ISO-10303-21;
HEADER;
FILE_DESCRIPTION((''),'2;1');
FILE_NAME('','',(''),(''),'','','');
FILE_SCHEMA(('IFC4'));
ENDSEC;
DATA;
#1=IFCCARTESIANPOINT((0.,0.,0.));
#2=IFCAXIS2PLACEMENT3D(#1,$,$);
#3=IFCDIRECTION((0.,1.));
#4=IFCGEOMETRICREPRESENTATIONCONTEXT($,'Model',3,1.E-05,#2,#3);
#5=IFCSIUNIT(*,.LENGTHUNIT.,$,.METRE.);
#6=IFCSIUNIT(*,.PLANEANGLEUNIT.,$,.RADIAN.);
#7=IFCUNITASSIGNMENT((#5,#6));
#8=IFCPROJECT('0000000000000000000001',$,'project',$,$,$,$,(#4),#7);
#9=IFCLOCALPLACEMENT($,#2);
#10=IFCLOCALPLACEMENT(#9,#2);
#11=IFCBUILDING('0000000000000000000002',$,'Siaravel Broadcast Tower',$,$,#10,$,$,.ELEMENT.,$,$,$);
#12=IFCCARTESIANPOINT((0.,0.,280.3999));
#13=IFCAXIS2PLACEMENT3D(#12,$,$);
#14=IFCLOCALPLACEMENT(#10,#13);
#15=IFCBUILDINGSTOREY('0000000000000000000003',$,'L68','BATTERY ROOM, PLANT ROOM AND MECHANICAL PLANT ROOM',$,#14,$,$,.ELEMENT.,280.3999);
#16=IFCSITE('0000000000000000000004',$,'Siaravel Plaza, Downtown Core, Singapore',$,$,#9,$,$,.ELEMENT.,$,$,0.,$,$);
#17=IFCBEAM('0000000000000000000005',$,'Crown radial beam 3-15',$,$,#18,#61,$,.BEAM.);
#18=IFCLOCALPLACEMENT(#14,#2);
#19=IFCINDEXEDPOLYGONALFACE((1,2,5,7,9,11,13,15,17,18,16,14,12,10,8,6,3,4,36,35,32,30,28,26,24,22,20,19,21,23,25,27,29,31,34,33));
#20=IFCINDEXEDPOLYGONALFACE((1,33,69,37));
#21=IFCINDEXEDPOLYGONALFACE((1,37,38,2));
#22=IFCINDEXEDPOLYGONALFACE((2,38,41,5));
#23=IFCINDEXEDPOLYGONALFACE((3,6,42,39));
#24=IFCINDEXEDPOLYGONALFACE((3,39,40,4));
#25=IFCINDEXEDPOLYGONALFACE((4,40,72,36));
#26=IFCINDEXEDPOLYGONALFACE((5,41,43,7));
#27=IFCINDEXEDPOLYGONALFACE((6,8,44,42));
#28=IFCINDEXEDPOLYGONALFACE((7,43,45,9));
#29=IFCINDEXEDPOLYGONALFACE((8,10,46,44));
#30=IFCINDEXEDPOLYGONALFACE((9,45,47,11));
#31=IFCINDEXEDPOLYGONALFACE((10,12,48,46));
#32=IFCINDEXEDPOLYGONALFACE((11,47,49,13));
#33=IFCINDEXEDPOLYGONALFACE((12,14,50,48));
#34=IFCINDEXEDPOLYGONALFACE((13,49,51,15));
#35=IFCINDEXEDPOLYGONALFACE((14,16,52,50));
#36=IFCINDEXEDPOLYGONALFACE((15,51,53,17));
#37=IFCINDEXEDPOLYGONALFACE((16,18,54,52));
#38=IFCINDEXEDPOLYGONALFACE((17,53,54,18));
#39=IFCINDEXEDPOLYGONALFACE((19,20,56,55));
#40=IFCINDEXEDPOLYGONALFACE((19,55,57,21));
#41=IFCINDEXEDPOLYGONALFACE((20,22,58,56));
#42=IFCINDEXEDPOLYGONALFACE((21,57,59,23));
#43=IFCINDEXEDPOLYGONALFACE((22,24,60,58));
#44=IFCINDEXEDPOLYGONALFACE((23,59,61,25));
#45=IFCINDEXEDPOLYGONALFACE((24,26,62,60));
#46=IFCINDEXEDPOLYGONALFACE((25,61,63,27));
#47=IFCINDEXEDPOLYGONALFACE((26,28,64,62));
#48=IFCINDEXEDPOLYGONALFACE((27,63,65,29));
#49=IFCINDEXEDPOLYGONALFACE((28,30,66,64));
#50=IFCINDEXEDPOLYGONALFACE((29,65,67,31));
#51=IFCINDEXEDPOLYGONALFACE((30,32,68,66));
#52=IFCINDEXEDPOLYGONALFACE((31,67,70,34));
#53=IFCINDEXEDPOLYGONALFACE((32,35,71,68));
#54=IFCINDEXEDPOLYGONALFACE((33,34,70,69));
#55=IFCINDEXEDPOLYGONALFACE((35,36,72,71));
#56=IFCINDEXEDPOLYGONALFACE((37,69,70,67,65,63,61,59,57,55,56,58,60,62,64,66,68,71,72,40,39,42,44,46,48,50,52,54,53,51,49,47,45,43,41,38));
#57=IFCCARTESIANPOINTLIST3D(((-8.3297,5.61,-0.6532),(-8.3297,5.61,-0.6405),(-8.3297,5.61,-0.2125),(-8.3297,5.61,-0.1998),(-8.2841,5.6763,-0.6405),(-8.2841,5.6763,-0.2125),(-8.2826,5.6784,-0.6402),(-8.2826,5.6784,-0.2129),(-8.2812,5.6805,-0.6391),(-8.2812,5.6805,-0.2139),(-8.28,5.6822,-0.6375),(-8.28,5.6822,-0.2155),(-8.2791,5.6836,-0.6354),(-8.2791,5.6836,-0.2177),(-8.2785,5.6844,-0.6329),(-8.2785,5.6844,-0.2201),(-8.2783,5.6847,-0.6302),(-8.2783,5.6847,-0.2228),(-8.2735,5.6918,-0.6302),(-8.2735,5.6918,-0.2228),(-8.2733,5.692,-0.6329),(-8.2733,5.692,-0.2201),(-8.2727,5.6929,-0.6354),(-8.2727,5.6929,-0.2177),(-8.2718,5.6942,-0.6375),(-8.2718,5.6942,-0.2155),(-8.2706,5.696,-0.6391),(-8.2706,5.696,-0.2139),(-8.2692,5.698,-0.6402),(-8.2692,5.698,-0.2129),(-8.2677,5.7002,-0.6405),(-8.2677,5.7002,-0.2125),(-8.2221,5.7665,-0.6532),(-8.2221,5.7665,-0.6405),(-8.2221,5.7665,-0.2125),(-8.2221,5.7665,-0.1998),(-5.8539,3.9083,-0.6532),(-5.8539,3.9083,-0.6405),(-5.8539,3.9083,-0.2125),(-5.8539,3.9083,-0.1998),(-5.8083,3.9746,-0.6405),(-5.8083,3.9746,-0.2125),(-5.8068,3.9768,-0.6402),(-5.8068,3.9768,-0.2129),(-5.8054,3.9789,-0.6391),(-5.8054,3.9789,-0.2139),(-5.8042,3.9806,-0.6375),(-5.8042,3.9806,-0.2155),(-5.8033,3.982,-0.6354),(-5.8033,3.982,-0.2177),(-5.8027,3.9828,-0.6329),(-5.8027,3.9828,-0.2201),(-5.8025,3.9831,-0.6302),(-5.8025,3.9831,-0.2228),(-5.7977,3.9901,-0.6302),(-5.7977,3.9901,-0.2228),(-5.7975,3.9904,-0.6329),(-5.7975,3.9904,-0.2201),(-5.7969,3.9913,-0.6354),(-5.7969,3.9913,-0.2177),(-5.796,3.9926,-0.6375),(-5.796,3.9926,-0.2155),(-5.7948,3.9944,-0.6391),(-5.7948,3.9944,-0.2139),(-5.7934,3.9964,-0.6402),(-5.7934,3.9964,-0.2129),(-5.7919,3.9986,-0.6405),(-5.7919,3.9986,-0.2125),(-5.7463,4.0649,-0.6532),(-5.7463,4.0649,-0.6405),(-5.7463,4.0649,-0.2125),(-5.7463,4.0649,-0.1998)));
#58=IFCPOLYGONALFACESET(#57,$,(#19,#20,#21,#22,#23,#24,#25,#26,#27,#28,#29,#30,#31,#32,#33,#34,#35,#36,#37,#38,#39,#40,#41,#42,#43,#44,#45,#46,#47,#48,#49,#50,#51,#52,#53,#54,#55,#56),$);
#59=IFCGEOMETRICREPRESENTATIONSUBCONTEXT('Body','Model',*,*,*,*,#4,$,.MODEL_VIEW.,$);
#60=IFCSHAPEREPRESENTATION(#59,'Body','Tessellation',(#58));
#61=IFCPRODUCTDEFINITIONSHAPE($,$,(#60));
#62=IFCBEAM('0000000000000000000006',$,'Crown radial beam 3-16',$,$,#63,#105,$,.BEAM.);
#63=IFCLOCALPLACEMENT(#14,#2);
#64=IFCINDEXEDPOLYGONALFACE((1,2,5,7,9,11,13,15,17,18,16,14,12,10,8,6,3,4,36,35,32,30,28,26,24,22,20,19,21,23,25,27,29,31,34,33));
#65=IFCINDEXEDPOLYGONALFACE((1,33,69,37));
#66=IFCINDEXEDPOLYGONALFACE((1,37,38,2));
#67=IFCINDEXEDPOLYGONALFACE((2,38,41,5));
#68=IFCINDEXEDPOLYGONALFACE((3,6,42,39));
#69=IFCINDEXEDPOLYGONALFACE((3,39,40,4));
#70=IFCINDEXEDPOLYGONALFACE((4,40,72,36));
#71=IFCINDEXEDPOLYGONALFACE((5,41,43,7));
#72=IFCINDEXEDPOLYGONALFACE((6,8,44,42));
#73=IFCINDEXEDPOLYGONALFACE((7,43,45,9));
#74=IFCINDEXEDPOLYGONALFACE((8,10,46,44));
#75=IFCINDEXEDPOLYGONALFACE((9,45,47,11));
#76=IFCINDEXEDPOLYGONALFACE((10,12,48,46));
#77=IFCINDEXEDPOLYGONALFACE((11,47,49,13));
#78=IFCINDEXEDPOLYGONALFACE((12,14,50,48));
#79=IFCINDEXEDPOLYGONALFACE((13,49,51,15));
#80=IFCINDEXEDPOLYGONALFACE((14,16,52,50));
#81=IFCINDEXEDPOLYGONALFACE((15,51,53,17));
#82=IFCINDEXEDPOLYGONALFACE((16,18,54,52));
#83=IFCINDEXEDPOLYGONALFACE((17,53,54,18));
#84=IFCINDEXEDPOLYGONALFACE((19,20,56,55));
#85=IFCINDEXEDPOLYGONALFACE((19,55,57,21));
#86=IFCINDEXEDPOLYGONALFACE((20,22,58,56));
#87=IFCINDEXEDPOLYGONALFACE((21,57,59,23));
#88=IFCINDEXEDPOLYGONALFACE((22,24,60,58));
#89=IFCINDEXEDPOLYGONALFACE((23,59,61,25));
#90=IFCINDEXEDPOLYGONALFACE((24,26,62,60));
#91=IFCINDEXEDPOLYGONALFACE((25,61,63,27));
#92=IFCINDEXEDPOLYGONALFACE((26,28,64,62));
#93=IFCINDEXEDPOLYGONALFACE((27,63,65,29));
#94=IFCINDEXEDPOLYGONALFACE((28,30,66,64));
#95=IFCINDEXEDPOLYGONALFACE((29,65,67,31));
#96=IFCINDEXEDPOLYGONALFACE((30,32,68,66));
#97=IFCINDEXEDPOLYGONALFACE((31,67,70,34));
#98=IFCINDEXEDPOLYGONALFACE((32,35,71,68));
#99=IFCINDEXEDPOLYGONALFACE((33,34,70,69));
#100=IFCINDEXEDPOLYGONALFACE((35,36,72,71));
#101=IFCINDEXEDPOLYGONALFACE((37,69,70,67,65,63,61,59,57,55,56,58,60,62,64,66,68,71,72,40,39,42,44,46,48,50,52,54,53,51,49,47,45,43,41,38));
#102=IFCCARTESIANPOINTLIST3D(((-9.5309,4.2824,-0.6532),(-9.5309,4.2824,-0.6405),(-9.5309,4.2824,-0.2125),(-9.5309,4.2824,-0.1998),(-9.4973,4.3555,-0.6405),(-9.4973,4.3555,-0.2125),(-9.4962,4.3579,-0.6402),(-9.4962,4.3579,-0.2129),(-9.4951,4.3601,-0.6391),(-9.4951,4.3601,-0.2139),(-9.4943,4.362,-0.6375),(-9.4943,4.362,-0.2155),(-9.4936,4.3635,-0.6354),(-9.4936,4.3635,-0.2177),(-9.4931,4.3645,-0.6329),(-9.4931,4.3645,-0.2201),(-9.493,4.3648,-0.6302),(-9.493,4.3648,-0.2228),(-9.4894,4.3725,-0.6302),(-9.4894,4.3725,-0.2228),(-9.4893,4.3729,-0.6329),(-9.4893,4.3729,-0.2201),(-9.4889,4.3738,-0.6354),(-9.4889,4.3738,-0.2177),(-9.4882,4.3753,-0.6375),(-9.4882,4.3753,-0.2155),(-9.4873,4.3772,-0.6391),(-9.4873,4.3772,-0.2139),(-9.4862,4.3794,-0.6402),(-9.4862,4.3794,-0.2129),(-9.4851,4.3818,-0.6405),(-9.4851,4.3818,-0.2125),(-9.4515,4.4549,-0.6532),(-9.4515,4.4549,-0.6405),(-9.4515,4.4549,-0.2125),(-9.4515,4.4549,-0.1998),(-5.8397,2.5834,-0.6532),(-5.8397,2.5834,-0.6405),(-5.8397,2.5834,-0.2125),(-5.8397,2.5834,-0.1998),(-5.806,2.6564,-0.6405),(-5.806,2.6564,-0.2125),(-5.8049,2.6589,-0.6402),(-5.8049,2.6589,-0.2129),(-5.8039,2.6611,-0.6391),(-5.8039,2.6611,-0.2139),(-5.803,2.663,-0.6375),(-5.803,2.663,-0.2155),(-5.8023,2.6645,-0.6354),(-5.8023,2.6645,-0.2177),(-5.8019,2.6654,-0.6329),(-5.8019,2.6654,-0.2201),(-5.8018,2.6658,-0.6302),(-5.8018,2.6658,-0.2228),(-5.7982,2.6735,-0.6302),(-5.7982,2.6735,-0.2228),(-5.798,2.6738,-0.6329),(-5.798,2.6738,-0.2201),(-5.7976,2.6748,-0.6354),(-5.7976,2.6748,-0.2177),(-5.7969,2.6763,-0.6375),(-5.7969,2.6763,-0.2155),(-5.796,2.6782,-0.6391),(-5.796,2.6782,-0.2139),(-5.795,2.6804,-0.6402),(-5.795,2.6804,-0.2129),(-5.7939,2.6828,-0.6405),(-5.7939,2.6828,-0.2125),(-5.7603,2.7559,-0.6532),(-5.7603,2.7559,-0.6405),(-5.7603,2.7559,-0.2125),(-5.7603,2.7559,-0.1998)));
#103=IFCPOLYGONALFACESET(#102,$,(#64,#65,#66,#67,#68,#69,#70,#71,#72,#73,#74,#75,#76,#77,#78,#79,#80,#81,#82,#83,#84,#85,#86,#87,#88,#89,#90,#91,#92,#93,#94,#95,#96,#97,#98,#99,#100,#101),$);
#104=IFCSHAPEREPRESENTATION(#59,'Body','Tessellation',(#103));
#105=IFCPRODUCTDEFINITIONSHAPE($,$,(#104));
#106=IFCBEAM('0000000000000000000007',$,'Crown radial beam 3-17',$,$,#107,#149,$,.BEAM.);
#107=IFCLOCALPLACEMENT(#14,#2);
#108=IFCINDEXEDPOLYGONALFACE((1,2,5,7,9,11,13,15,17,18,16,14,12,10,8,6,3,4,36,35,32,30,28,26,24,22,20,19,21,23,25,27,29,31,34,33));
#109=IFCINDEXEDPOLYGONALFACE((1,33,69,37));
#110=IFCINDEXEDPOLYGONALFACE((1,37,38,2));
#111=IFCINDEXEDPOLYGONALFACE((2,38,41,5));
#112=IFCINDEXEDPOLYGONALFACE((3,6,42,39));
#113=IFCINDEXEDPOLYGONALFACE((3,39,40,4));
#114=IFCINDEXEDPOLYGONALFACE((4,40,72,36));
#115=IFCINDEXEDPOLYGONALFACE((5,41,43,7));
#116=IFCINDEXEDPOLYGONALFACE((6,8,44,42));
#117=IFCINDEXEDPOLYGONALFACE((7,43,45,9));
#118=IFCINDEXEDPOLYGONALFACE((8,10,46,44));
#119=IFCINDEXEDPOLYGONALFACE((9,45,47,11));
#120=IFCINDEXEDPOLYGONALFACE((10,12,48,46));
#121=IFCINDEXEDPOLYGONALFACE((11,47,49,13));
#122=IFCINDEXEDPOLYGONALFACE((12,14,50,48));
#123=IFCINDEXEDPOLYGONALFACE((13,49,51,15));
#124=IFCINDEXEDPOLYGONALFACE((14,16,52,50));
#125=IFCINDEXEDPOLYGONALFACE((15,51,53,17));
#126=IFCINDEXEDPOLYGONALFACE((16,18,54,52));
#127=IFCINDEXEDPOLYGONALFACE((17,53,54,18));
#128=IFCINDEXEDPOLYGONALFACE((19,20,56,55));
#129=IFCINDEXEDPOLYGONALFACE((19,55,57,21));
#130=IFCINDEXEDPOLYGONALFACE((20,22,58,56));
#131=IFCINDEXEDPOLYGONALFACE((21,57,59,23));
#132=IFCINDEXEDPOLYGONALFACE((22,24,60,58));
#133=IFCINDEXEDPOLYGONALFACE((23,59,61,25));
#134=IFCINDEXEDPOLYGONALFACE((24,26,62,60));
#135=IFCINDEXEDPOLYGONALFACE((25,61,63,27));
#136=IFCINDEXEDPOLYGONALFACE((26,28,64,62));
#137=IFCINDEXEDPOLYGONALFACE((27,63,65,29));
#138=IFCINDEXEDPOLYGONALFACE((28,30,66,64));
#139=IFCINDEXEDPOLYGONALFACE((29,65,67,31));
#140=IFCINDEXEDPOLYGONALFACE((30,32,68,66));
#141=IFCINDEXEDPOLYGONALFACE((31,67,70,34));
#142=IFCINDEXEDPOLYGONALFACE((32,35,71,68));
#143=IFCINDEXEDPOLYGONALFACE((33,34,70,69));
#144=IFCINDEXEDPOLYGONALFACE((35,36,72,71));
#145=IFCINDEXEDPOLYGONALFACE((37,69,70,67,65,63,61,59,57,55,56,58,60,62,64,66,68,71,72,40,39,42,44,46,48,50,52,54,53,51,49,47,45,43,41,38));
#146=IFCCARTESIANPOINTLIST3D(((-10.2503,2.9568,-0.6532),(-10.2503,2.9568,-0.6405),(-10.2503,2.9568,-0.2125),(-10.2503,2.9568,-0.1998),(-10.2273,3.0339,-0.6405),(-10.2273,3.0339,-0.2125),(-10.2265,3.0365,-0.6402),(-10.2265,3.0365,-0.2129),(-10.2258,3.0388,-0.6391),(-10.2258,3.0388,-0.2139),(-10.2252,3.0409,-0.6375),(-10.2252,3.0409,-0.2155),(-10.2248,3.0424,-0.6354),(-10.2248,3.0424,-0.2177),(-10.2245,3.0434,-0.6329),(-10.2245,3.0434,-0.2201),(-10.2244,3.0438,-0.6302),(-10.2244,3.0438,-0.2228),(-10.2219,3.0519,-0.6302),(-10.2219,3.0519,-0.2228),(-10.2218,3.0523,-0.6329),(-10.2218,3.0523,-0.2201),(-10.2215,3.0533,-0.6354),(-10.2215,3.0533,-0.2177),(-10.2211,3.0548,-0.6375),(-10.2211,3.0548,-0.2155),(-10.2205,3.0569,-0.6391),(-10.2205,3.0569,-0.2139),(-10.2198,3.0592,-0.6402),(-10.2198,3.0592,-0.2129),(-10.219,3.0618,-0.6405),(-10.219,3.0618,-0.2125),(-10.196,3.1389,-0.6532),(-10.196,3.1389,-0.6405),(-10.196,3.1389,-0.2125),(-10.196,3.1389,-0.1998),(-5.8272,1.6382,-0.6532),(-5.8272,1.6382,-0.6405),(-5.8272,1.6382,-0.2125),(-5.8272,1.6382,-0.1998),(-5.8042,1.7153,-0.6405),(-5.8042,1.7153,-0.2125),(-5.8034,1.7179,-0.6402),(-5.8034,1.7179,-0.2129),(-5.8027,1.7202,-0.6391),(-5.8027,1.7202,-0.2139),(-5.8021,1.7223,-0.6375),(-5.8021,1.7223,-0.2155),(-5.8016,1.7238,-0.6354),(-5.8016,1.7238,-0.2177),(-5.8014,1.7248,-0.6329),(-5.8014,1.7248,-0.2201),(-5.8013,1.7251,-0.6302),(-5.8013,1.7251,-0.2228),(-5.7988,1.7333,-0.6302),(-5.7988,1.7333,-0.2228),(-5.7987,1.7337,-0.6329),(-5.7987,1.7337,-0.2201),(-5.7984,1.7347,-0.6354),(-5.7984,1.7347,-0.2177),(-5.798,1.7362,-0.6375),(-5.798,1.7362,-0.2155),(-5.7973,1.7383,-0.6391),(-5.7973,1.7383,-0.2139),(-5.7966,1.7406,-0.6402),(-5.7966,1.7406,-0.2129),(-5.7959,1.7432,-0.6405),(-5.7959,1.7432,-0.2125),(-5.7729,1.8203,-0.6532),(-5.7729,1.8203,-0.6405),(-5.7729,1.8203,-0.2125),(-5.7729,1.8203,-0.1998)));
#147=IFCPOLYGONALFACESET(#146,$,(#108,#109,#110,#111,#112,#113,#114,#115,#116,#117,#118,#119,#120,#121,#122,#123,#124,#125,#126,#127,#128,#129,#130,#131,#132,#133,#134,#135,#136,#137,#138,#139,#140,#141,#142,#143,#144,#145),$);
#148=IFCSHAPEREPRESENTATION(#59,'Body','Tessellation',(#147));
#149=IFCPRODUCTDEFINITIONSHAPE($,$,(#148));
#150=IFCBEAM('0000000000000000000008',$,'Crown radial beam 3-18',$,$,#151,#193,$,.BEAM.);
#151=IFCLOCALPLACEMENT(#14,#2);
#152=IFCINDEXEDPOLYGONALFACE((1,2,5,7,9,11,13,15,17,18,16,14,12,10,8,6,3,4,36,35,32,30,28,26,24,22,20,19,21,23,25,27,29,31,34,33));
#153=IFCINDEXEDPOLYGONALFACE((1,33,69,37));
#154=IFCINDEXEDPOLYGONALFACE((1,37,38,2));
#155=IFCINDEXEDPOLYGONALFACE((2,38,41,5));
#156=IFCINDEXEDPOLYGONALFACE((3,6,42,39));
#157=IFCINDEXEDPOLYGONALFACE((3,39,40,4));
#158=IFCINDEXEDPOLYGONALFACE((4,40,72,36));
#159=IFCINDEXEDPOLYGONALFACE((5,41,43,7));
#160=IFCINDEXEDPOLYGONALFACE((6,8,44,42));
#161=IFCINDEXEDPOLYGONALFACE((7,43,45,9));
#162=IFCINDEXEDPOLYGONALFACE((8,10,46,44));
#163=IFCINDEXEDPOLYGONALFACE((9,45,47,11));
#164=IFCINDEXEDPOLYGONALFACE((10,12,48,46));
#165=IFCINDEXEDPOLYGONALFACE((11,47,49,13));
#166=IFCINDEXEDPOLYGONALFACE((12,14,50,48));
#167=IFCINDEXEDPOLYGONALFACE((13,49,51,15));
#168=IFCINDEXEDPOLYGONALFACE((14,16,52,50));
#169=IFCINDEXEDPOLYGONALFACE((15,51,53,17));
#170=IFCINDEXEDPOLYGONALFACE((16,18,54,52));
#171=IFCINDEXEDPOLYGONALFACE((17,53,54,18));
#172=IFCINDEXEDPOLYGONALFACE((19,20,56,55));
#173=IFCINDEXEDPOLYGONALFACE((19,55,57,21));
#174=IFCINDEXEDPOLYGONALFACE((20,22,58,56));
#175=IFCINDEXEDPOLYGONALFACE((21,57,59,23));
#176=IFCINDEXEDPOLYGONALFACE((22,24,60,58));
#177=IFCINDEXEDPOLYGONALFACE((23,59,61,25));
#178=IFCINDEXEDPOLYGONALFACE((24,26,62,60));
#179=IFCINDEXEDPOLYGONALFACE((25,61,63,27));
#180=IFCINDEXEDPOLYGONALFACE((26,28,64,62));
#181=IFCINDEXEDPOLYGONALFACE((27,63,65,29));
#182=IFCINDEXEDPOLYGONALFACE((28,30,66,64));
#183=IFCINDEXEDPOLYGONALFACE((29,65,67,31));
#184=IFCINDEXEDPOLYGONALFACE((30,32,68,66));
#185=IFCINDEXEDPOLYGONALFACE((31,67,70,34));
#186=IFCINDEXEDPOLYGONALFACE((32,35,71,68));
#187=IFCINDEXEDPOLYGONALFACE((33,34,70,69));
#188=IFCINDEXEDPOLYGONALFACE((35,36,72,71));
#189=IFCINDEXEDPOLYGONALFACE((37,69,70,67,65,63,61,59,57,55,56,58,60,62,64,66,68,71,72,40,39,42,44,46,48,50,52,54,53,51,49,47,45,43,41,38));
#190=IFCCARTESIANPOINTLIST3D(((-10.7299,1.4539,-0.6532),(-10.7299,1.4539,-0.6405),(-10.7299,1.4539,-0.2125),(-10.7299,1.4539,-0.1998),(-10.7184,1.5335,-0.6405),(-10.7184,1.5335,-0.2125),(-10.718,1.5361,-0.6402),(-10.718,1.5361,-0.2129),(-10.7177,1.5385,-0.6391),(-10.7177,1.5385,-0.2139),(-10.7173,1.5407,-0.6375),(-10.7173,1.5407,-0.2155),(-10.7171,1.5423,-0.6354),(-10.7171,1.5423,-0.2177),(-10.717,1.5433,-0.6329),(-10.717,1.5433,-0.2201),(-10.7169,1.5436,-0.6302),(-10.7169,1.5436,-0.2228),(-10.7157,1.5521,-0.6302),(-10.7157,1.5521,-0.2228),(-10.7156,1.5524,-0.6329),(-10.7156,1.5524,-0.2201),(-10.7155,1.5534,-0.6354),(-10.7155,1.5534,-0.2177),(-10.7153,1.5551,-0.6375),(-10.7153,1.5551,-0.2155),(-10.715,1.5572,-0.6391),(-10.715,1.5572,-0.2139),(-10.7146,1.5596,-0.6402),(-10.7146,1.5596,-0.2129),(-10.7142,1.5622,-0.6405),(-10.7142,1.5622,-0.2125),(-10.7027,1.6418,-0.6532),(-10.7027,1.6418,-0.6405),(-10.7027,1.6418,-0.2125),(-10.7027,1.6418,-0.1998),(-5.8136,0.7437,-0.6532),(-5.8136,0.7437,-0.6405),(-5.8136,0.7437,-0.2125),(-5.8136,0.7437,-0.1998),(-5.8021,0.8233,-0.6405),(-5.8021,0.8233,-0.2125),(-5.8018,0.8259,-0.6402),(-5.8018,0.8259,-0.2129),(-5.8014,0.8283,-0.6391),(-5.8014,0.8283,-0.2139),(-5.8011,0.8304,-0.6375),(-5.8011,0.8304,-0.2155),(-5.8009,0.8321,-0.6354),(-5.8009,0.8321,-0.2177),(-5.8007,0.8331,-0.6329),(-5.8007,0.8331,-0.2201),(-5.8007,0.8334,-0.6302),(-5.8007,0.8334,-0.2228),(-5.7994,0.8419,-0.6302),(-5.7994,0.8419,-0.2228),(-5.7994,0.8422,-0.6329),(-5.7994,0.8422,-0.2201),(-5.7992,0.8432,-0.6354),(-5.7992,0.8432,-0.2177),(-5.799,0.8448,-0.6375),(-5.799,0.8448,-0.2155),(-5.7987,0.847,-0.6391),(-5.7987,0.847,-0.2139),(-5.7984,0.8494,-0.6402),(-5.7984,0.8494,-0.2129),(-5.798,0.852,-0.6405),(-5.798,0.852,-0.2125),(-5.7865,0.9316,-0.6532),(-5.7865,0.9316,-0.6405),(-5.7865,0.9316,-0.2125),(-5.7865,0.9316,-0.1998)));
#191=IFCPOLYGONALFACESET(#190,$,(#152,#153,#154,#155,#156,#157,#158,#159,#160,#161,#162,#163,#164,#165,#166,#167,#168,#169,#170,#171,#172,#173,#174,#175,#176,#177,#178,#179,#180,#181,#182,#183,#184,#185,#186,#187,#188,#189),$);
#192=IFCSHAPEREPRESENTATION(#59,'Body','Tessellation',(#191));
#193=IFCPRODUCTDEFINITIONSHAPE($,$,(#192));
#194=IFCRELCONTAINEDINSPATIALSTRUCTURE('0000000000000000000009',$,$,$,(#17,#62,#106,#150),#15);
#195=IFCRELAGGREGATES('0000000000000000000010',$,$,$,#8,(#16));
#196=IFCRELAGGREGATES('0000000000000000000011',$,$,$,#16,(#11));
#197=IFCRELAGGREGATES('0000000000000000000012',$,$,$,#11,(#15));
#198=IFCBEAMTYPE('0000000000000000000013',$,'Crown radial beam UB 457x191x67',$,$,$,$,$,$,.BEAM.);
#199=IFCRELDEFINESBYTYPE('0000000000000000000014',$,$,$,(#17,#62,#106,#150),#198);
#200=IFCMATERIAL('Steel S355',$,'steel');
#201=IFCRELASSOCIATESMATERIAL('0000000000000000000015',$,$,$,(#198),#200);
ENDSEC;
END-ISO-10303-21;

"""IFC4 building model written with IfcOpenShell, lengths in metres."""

from ifc_helpers import new_model, si_unit, direction, frame, origin, origin_2d, place, context, subcontext, project, spatial, i_section, extrude, material, material_profile, profile_set, type_object, element, save


model = new_model("IFC4")

# Units and contexts
model_context = context("Model", 3, precision=1e-05, world=origin(), true_north=direction((0.0, 1.0)))
body_context = subcontext(model_context, "Body", "Model", "MODEL_VIEW")
ifc_project = project(units=[si_unit("LENGTHUNIT", "METRE"), si_unit("PLANEANGLEUNIT", "RADIAN")], contexts=[model_context])

# Site, building, storey
site_placement = place(None, origin())
site = spatial("IfcSite", under=ifc_project, at=site_placement, Name="Siaravel Plaza, Downtown Core, Singapore", CompositionType="ELEMENT", RefElevation=0.0)
building_placement = place(site_placement, origin())
building = spatial("IfcBuilding", under=site, at=building_placement, Name="Siaravel Broadcast Tower", CompositionType="ELEMENT")
storey_placement = place(building_placement, frame((0.0, 0.0, 280.3999)))
storey = spatial("IfcBuildingStorey", under=building, at=storey_placement, Name="L68", Description="BATTERY ROOM, PLANT ROOM AND MECHANICAL PLANT ROOM", CompositionType="ELEMENT", Elevation=280.3999)

# Beams
ifc_material_1 = material(Name="Steel S355", Category="steel")
ifc_material_profile_1 = material_profile(ifc_material_1, i_section(OverallWidth=0.1899, OverallDepth=0.4534, WebThickness=0.0085, FlangeThickness=0.0127, FilletRadius=0.0103, at=origin_2d()))
ifc_profile_set_1 = profile_set([ifc_material_profile_1], Name="Steel S355")
beam_type_1 = type_object("IfcBeamType", Name="Crown radial beam UB 457x191x67", PredefinedType="BEAM", material=ifc_profile_set_1)
beam_1_placement = place(storey_placement, frame((-8.2759, 5.6882, -0.4265), z_axis=(0.824115, -0.566422, 0.0), x_axis=(0.566422, 0.824115, 0.0)))
element("IfcBeam", 1, at=beam_1_placement, inside=storey, type_object=beam_type_1, Name="Crown radial beam 3-15", PredefinedType="BEAM", context=body_context, shape_type="SweptSolid", body=[
    extrude(i_section(OverallWidth=0.1899, OverallDepth=0.4534, WebThickness=0.0085, FlangeThickness=0.0127, FilletRadius=0.0103, at=origin_2d()), origin(), (0.0, 0.0, 1.0), 3.0042),
])
beam_2_placement = place(storey_placement, frame((-9.4912, 4.3687, -0.4265), z_axis=(0.908393, -0.418117, 0.0), x_axis=(0.418117, 0.908393, 0.0)))
element("IfcBeam", 2, at=beam_2_placement, inside=storey, type_object=beam_type_1, Name="Crown radial beam 3-16", PredefinedType="BEAM", context=body_context, shape_type="SweptSolid", body=[
    extrude(i_section(OverallWidth=0.1899, OverallDepth=0.4534, WebThickness=0.0085, FlangeThickness=0.0127, FilletRadius=0.0103, at=origin_2d()), origin(), (0.0, 0.0, 1.0), 4.0635),
])
beam_3_placement = place(storey_placement, frame((-10.2231, 3.0479, -0.4265), z_axis=(0.958321, -0.285693, 0.0), x_axis=(0.285693, 0.958321, 0.0)))
element("IfcBeam", 3, at=beam_3_placement, inside=storey, type_object=beam_type_1, Name="Crown radial beam 3-17", PredefinedType="BEAM", context=body_context, shape_type="SweptSolid", body=[
    extrude(i_section(OverallWidth=0.1899, OverallDepth=0.4534, WebThickness=0.0085, FlangeThickness=0.0127, FilletRadius=0.0103, at=origin_2d()), origin(), (0.0, 0.0, 1.0), 4.6155),
])
beam_4_placement = place(storey_placement, frame((-10.7163, 1.5479, -0.4265), z_axis=(0.989726, -0.142976, 0.0), x_axis=(0.142976, 0.989726, 0.0)))
element("IfcBeam", 4, at=beam_4_placement, inside=storey, type_object=beam_type_1, Name="Crown radial beam 3-18", PredefinedType="BEAM", context=body_context, shape_type="SweptSolid", body=[
    extrude(i_section(OverallWidth=0.1899, OverallDepth=0.4534, WebThickness=0.0085, FlangeThickness=0.0127, FilletRadius=0.0103, at=origin_2d()), origin(), (0.0, 0.0, 1.0), 4.9673),
])

save(model, "model.ifc")
